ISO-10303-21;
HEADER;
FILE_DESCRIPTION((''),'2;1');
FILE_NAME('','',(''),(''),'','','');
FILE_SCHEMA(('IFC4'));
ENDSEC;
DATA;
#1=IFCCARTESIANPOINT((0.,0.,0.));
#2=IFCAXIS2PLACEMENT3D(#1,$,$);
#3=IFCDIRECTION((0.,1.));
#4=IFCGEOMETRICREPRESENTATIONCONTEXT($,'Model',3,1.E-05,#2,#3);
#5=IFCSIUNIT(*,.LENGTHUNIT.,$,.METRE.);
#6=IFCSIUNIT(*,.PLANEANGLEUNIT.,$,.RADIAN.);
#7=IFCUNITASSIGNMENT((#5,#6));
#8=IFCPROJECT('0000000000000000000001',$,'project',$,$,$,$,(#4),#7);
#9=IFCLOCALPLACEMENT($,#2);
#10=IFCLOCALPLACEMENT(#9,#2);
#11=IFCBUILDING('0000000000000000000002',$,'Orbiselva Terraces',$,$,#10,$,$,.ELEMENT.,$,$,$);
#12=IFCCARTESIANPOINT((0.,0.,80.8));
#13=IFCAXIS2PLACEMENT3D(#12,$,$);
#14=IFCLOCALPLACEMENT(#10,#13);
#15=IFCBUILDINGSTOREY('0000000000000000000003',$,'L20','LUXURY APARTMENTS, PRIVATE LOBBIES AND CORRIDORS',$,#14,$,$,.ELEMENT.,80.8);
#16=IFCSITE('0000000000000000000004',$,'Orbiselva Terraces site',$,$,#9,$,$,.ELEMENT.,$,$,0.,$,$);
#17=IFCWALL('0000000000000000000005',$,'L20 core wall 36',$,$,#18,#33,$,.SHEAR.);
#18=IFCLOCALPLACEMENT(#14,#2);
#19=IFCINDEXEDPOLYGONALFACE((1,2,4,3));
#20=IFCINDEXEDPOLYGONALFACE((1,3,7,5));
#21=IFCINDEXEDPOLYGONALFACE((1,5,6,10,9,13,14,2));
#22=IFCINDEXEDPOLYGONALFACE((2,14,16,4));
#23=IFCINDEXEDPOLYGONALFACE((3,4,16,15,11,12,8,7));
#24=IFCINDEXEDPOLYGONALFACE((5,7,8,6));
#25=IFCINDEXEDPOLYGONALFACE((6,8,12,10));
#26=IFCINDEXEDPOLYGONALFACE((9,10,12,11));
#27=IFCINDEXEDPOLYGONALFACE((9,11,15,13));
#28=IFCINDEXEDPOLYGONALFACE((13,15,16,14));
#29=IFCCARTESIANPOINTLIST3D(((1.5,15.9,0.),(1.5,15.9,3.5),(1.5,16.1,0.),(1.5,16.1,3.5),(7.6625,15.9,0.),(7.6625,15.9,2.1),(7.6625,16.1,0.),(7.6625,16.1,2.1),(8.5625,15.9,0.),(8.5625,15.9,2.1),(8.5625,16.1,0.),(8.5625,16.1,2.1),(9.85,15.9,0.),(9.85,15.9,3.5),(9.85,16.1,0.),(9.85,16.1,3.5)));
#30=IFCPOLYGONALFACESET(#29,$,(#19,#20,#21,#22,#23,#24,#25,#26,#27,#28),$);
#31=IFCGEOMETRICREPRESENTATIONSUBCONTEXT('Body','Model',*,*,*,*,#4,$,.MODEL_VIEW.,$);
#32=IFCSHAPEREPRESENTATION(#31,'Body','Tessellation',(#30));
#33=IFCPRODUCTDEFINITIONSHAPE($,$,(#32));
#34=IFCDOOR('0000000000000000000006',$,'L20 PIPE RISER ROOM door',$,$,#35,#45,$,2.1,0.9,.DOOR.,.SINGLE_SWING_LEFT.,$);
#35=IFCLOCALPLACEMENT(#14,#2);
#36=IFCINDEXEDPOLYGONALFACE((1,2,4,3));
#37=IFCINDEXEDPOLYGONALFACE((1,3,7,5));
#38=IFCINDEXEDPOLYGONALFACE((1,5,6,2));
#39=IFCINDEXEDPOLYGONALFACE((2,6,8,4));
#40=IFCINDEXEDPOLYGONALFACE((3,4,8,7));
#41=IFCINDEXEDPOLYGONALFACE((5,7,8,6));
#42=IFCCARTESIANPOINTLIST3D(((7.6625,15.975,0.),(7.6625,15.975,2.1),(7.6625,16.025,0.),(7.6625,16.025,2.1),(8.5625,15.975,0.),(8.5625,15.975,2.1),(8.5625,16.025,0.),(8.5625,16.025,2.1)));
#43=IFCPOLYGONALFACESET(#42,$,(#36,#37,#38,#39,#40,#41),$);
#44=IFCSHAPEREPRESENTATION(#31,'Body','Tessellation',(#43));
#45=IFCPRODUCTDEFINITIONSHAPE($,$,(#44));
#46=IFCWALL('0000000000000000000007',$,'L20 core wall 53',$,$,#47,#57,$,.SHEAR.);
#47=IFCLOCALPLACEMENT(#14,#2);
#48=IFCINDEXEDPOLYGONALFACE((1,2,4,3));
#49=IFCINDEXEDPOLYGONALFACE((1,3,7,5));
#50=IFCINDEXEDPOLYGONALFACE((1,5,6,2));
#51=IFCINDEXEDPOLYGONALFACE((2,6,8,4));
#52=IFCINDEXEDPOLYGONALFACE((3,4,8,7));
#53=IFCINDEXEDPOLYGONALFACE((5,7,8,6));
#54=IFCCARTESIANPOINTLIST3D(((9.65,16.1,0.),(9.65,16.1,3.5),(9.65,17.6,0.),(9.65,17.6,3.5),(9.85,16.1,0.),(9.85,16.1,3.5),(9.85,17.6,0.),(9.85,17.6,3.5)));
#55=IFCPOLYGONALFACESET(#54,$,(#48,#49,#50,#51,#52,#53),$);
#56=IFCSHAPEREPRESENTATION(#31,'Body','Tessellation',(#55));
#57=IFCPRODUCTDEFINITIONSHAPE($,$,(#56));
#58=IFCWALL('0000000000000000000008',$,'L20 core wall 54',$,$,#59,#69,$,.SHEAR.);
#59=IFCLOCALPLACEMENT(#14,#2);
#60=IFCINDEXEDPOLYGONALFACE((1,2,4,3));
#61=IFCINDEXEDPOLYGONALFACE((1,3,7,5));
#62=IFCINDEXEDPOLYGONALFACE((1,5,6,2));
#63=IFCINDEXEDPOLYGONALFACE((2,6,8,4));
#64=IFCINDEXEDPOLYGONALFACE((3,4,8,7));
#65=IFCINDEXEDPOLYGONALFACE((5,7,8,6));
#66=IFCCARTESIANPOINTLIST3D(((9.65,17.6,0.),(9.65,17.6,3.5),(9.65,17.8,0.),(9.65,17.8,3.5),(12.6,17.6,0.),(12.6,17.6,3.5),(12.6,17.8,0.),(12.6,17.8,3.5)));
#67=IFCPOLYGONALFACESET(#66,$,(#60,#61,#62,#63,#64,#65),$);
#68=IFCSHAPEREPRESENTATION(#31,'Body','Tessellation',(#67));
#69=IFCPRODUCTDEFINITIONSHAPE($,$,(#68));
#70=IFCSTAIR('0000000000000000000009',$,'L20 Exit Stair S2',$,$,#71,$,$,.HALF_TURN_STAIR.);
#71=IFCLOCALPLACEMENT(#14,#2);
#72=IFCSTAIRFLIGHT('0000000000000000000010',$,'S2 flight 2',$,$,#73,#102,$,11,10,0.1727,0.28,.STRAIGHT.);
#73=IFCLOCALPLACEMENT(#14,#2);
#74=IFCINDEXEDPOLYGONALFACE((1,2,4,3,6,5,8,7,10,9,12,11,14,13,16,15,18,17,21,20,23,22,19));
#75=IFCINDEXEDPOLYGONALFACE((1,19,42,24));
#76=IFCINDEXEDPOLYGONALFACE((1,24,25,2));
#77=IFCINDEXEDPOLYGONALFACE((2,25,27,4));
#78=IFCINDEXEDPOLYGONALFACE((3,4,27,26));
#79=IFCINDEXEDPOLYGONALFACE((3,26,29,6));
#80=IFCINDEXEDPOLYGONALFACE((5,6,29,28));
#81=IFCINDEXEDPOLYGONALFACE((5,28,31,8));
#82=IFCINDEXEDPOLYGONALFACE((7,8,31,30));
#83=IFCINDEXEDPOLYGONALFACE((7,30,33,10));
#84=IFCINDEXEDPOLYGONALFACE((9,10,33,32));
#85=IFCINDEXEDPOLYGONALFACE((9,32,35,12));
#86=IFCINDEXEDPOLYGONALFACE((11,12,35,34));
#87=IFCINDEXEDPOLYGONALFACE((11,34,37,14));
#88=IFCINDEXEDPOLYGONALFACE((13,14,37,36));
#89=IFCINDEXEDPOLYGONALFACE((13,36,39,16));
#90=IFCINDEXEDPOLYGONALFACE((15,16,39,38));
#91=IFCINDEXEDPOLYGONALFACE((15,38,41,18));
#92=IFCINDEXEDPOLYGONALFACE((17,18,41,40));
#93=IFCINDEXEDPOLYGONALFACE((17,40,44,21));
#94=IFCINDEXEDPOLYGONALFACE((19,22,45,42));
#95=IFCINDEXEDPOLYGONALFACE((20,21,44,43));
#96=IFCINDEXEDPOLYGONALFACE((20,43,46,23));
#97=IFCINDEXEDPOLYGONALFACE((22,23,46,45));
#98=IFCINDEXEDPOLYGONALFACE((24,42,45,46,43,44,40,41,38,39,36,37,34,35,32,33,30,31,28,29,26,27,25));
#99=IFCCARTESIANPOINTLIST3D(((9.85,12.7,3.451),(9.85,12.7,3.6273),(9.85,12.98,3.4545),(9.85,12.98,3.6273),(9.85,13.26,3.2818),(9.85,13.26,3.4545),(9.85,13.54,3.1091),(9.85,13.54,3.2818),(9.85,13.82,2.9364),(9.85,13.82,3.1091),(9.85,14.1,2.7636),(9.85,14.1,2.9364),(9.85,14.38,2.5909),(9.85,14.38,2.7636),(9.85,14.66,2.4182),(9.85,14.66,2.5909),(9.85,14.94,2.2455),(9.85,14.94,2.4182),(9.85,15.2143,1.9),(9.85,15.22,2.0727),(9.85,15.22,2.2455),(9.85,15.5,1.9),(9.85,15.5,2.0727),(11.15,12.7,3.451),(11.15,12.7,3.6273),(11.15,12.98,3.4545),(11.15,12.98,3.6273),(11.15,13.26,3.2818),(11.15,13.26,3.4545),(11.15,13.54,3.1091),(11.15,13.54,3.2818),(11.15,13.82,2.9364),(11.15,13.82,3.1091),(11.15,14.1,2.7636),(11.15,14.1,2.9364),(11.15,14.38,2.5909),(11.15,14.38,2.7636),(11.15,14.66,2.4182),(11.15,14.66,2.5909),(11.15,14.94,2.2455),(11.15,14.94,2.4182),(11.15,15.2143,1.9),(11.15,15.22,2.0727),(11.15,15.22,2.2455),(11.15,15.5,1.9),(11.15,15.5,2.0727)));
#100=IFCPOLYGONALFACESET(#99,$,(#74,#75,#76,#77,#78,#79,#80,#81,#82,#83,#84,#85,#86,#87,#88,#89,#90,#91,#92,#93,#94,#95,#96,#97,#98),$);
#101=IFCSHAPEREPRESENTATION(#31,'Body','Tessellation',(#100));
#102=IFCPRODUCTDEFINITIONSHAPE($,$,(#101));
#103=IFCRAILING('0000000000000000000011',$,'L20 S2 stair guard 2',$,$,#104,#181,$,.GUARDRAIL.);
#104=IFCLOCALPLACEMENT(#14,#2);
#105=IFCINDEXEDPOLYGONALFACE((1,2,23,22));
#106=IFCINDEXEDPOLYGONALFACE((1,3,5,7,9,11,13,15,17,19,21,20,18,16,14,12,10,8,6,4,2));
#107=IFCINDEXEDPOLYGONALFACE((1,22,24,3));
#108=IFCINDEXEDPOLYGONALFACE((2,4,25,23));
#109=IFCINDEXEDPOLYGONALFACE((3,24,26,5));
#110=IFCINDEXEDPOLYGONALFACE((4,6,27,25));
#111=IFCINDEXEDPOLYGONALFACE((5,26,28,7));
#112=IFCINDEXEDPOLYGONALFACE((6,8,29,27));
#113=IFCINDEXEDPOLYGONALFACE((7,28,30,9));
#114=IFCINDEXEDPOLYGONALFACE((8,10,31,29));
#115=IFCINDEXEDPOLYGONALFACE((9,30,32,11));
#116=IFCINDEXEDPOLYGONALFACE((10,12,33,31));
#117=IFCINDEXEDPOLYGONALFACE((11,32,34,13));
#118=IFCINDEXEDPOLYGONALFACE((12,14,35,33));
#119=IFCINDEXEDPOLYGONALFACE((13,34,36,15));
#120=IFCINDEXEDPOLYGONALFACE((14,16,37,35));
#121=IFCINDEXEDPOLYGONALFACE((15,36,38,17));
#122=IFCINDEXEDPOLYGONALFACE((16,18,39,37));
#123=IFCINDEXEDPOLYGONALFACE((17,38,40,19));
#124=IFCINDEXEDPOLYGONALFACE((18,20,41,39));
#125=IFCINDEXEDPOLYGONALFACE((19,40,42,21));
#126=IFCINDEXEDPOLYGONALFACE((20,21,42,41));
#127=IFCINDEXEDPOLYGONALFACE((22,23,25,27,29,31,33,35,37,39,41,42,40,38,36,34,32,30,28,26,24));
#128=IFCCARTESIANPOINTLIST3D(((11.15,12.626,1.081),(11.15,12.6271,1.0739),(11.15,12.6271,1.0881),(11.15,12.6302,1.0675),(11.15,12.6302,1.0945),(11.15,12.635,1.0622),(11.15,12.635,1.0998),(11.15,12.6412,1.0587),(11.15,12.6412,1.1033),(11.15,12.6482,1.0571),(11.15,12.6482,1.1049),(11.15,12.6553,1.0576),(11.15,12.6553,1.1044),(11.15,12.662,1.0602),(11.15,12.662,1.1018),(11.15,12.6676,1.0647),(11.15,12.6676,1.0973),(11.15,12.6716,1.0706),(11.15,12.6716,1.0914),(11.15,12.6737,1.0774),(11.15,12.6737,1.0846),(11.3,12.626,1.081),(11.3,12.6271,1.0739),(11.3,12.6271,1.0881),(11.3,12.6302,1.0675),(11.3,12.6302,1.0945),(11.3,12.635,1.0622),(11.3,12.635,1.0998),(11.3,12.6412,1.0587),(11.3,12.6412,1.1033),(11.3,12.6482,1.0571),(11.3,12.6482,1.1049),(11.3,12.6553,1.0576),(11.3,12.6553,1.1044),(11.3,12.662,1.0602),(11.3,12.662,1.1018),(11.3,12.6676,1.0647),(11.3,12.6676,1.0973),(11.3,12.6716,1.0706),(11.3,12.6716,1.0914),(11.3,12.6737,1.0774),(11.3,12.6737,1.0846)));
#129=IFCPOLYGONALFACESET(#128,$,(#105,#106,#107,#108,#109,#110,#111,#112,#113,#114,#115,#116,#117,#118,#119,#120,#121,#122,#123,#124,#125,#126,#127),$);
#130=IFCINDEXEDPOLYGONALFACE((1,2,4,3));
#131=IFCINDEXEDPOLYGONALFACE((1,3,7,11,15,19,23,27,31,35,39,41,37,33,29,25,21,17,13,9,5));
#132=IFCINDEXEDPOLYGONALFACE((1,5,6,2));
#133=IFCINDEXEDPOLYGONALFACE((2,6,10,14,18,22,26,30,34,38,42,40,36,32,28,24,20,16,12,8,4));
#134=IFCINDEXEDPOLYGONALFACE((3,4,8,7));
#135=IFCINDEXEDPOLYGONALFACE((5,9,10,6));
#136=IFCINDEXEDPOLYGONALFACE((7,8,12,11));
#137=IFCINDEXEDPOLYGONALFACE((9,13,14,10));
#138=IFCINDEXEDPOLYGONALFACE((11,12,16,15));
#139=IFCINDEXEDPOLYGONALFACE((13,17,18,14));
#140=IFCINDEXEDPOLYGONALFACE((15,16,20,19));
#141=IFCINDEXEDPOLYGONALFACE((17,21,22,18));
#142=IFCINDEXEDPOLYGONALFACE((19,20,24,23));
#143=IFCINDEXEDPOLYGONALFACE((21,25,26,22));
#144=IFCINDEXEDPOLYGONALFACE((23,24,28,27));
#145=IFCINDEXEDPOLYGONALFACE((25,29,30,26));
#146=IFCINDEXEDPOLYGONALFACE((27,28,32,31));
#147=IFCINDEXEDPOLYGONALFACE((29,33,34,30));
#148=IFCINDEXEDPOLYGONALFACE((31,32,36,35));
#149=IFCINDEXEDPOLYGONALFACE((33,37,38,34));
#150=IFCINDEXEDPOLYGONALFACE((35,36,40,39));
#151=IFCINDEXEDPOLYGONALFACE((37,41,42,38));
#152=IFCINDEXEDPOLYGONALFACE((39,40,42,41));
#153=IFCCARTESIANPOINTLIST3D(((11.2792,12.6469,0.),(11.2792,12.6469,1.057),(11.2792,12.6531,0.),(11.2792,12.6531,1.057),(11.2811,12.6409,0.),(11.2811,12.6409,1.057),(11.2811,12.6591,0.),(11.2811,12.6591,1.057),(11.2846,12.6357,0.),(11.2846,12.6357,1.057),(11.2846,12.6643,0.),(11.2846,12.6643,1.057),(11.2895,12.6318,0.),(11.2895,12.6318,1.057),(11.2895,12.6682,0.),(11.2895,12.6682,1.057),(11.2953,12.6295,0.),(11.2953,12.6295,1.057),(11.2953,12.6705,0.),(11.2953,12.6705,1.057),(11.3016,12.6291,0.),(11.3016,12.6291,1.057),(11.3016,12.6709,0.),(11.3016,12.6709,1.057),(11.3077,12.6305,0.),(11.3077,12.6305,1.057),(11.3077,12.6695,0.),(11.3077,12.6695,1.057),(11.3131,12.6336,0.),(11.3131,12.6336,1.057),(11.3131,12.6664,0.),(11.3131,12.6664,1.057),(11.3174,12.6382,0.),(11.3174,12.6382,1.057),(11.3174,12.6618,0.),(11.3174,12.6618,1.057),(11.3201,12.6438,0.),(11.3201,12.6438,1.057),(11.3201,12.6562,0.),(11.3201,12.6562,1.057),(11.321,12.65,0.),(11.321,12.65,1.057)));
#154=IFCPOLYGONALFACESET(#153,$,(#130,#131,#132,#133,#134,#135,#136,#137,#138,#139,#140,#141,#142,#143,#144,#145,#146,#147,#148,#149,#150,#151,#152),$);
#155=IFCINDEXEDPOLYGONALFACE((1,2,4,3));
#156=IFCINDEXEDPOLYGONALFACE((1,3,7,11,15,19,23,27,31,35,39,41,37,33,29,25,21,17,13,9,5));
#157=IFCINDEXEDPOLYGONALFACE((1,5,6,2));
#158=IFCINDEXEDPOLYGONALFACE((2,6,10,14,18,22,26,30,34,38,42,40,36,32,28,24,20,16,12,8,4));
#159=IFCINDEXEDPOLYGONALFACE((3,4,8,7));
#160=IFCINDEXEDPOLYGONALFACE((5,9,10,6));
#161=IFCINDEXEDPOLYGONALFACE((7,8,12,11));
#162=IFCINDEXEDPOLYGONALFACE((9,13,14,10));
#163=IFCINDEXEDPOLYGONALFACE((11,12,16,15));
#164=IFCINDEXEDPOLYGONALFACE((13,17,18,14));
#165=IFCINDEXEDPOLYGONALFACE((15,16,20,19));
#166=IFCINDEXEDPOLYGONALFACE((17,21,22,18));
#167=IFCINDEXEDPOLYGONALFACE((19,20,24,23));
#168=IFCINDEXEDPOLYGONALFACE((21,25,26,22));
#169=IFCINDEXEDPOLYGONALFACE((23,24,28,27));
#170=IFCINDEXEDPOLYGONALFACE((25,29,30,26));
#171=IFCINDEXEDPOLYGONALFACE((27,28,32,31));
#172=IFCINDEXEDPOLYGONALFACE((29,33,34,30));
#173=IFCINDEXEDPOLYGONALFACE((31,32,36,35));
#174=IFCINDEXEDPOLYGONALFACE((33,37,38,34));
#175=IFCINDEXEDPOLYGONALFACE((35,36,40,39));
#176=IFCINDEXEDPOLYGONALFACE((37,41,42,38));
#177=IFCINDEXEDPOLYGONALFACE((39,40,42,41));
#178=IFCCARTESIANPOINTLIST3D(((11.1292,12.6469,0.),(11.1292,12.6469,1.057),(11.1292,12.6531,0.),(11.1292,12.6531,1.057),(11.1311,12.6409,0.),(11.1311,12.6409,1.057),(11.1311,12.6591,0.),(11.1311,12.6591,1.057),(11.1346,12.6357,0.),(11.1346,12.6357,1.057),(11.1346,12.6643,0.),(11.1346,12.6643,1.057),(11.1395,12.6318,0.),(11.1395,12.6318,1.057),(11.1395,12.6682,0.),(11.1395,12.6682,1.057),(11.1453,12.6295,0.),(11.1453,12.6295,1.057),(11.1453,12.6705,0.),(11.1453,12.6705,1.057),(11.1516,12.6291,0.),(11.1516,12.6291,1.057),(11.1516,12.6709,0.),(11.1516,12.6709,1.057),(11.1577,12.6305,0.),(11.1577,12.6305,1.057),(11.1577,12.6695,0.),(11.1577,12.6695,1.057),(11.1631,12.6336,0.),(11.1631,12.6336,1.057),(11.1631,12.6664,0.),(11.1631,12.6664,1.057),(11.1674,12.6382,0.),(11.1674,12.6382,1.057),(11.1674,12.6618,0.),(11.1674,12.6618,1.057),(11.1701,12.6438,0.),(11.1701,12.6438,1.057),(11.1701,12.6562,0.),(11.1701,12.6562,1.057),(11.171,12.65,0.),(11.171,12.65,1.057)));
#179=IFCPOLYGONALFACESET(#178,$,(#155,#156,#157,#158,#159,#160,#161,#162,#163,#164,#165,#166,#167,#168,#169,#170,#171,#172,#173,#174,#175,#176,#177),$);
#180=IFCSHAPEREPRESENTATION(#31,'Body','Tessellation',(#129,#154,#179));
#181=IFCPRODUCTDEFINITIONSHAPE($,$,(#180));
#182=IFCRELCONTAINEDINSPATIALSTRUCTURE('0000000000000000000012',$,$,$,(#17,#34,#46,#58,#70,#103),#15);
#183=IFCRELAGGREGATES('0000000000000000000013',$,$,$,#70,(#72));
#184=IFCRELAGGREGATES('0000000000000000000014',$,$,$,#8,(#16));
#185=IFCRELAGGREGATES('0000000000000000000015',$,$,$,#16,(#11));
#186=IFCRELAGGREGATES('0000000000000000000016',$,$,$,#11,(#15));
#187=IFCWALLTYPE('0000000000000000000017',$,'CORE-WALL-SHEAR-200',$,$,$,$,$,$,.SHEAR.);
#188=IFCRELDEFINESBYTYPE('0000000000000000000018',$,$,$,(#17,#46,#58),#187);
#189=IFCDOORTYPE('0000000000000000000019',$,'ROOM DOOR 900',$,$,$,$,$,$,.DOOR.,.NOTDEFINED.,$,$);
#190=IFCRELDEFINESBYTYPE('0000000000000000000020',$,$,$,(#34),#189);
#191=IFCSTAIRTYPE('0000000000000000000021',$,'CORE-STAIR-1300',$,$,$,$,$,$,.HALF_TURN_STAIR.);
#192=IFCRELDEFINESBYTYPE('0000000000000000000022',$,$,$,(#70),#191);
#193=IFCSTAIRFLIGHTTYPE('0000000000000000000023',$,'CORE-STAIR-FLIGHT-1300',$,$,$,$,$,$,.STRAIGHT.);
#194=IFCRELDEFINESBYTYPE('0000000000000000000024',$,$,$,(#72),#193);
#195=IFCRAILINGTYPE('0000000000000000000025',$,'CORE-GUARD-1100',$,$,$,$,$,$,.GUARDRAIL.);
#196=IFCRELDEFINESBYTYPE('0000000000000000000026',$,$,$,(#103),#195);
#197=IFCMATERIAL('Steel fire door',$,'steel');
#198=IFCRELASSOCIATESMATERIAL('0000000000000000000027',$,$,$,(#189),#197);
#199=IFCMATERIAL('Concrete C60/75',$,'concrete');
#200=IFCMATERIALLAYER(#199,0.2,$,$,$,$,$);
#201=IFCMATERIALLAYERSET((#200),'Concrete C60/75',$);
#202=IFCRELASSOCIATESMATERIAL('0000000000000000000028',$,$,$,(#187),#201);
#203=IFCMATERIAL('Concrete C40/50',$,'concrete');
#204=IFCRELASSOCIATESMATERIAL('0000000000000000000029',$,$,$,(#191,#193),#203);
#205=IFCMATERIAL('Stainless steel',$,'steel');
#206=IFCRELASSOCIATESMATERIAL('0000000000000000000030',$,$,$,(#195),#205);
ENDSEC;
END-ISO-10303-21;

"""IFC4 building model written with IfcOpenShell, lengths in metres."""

from ifc_helpers import new_model, si_unit, direction, frame, frame_2d, origin, origin_2d, place, context, subcontext, project, spatial, polyline, rectangle, circle, outline, extrude, material, layer, layer_set, type_object, element, fill, aggregate, save


model = new_model("IFC4")

# Units and contexts
model_context = context("Model", 3, precision=1e-05, world=origin(), true_north=direction((0.0, 1.0)))
body_context = subcontext(model_context, "Body", "Model", "MODEL_VIEW")
ifc_project = project(units=[si_unit("LENGTHUNIT", "METRE"), si_unit("PLANEANGLEUNIT", "RADIAN")], contexts=[model_context])

# Site, building, storey
site_placement = place(None, origin())
site = spatial("IfcSite", under=ifc_project, at=site_placement, Name="Orbiselva Terraces site", CompositionType="ELEMENT", RefElevation=0.0)
building_placement = place(site_placement, origin())
building = spatial("IfcBuilding", under=site, at=building_placement, Name="Orbiselva Terraces", CompositionType="ELEMENT")
storey_placement = place(building_placement, frame((0.0, 0.0, 80.8)))
storey = spatial("IfcBuildingStorey", under=building, at=storey_placement, Name="L20", Description="LUXURY APARTMENTS, PRIVATE LOBBIES AND CORRIDORS", CompositionType="ELEMENT", Elevation=80.8)

# Shared definitions
ifc_material_1 = material(Name="Steel fire door", Category="steel")
door_type = type_object("IfcDoorType", Name="ROOM DOOR 900", OperationType="NOTDEFINED", PredefinedType="DOOR", material=ifc_material_1)

# Shared definitions
ifc_material_2 = material(Name="Concrete C40/50", Category="concrete")
ifc_material_3 = material(Name="Concrete C60/75", Category="concrete")
ifc_layer_1 = layer(ifc_material_3, 0.2)
ifc_layer_set_1 = layer_set([ifc_layer_1], Name="Concrete C60/75")
wall_type_1 = type_object("IfcWallType", Name="CORE-WALL-SHEAR-200", PredefinedType="SHEAR", material=ifc_layer_set_1)

# Wall, opening, door
wall_1_placement = place(storey_placement, frame((9.85, 16.0, 0.0), z_axis=(0.0, 0.0, 1.0), x_axis=(-1.0, 0.0, 0.0)))
wall_1 = element("IfcWall", 1, at=wall_1_placement, inside=storey, type_object=wall_type_1, Name="L20 core wall 36", PredefinedType="SHEAR", context=body_context, shape_type="SweptSolid", body=[
    extrude(rectangle(XDim=8.35, YDim=0.2, at=frame_2d((4.175, 0.0))), origin(), (0.0, 0.0, 1.0), 3.5),
])
opening_1_placement = place(wall_1_placement, frame((1.2875, 0.0, 0.0)))
opening_1 = element("IfcOpeningElement", 2, at=opening_1_placement, cuts=wall_1, PredefinedType="OPENING", context=body_context, shape_type="SweptSolid", body=[
    extrude(rectangle(XDim=0.9, YDim=2.1, at=frame_2d((0.45, 1.05))), frame((0.0, 0.11, 0.0), z_axis=(0.0, -1.0, 0.0), x_axis=(1.0, 0.0, 0.0)), (0.0, 0.0, 1.0), 0.22),
])
door_1_placement = place(opening_1_placement, origin())
door_1 = element("IfcDoor", 3, at=door_1_placement, inside=storey, type_object=door_type, Name="L20 PIPE RISER ROOM door", OperationType="SINGLE_SWING_LEFT", OverallHeight=2.1, OverallWidth=0.9, PredefinedType="DOOR", context=body_context, shape_type="SweptSolid", body=[
    extrude(rectangle(XDim=0.9, YDim=2.1, at=frame_2d((0.45, 1.05))), frame((0.0, 0.025, 0.0), z_axis=(0.0, -1.0, 0.0), x_axis=(1.0, 0.0, 0.0)), (0.0, 0.0, 1.0), 0.05),
])
fill(opening_1, door_1)

# Walls
wall_2_placement = place(storey_placement, frame((9.75, 16.1, 0.0), z_axis=(0.0, 0.0, 1.0), x_axis=(0.0, 1.0, 0.0)))
element("IfcWall", 4, at=wall_2_placement, inside=storey, type_object=wall_type_1, Name="L20 core wall 53", PredefinedType="SHEAR", context=body_context, shape_type="SweptSolid", body=[
    extrude(rectangle(XDim=1.5, YDim=0.2, at=frame_2d((0.75, 0.0))), origin(), (0.0, 0.0, 1.0), 3.5),
])
wall_3_placement = place(storey_placement, frame((9.65, 17.7, 0.0), z_axis=(0.0, 0.0, 1.0), x_axis=(1.0, 0.0, 0.0)))
element("IfcWall", 5, at=wall_3_placement, inside=storey, type_object=wall_type_1, Name="L20 core wall 54", PredefinedType="SHEAR", context=body_context, shape_type="SweptSolid", body=[
    extrude(rectangle(XDim=2.95, YDim=0.2, at=frame_2d((1.475, 0.0))), origin(), (0.0, 0.0, 1.0), 3.5),
])

# Stair, stair flight
stair_type = type_object("IfcStairType", Name="CORE-STAIR-1300", PredefinedType="HALF_TURN_STAIR", material=ifc_material_2)
stair_placement = place(storey_placement, origin())
stair = element("IfcStair", 6, at=stair_placement, inside=storey, type_object=stair_type, Name="L20 Exit Stair S2", PredefinedType="HALF_TURN_STAIR")
stair_flight_type = type_object("IfcStairFlightType", Name="CORE-STAIR-FLIGHT-1300", PredefinedType="STRAIGHT", material=ifc_material_2)
stair_flight_placement = place(storey_placement, frame((10.5, 15.5, 1.9), z_axis=(0.0, 0.0, 1.0), x_axis=(0.0, -1.0, 0.0)))
stair_flight = element("IfcStairFlight", 7, at=stair_flight_placement, type_object=stair_flight_type, Name="S2 flight 2", NumberOfRisers=11, NumberOfTreads=10, PredefinedType="STRAIGHT", RiserHeight=0.1727, TreadLength=0.28, context=body_context, shape_type="SweptSolid", body=[
    extrude(outline(polyline([(0.0, 0.0), (0.0, 0.1727), (0.28, 0.1727), (0.28, 0.3455), (0.56, 0.3455), (0.56, 0.5182), (0.84, 0.5182), (0.84, 0.6909), (1.12, 0.6909), (1.12, 0.8636), (1.4, 0.8636), (1.4, 1.0364), (1.68, 1.0364), (1.68, 1.2091), (1.96, 1.2091), (1.96, 1.3818), (2.24, 1.3818), (2.24, 1.5545), (2.52, 1.5545), (2.52, 1.7273), (2.8, 1.7273), (2.8, 1.9), (2.8, 1.551), (0.2857, 0.0), (0.0, 0.0)])), frame((0.0, 0.65, 0.0), z_axis=(0.0, -1.0, 0.0), x_axis=(1.0, 0.0, 0.0)), (0.0, 0.0, 1.0), 1.3),
])
aggregate(stair, [stair_flight])

# Railing
ifc_material_4 = material(Name="Stainless steel", Category="steel")
railing_type_1 = type_object("IfcRailingType", Name="CORE-GUARD-1100", PredefinedType="GUARDRAIL", material=ifc_material_4)
railing_1_placement = place(storey_placement, frame((11.3, 12.65, 0.0)))
element("IfcRailing", 8, at=railing_1_placement, inside=storey, type_object=railing_type_1, Name="L20 S2 stair guard 2", PredefinedType="GUARDRAIL", context=body_context, shape_type="SweptSolid", body=[
    extrude(circle(Radius=0.024, at=origin_2d()), frame((0.0, 0.0, 1.081), z_axis=(-1.0, 0.0, 0.0), x_axis=(0.0, -1.0, 0.0)), (0.0, 0.0, 1.0), 0.15),
    extrude(circle(Radius=0.021, at=origin_2d()), origin(), (0.0, 0.0, 1.0), 1.057),
    extrude(circle(Radius=0.021, at=origin_2d()), frame((-0.15, 0.0, 0.0)), (0.0, 0.0, 1.0), 1.057),
])

save(model, "model.ifc")
